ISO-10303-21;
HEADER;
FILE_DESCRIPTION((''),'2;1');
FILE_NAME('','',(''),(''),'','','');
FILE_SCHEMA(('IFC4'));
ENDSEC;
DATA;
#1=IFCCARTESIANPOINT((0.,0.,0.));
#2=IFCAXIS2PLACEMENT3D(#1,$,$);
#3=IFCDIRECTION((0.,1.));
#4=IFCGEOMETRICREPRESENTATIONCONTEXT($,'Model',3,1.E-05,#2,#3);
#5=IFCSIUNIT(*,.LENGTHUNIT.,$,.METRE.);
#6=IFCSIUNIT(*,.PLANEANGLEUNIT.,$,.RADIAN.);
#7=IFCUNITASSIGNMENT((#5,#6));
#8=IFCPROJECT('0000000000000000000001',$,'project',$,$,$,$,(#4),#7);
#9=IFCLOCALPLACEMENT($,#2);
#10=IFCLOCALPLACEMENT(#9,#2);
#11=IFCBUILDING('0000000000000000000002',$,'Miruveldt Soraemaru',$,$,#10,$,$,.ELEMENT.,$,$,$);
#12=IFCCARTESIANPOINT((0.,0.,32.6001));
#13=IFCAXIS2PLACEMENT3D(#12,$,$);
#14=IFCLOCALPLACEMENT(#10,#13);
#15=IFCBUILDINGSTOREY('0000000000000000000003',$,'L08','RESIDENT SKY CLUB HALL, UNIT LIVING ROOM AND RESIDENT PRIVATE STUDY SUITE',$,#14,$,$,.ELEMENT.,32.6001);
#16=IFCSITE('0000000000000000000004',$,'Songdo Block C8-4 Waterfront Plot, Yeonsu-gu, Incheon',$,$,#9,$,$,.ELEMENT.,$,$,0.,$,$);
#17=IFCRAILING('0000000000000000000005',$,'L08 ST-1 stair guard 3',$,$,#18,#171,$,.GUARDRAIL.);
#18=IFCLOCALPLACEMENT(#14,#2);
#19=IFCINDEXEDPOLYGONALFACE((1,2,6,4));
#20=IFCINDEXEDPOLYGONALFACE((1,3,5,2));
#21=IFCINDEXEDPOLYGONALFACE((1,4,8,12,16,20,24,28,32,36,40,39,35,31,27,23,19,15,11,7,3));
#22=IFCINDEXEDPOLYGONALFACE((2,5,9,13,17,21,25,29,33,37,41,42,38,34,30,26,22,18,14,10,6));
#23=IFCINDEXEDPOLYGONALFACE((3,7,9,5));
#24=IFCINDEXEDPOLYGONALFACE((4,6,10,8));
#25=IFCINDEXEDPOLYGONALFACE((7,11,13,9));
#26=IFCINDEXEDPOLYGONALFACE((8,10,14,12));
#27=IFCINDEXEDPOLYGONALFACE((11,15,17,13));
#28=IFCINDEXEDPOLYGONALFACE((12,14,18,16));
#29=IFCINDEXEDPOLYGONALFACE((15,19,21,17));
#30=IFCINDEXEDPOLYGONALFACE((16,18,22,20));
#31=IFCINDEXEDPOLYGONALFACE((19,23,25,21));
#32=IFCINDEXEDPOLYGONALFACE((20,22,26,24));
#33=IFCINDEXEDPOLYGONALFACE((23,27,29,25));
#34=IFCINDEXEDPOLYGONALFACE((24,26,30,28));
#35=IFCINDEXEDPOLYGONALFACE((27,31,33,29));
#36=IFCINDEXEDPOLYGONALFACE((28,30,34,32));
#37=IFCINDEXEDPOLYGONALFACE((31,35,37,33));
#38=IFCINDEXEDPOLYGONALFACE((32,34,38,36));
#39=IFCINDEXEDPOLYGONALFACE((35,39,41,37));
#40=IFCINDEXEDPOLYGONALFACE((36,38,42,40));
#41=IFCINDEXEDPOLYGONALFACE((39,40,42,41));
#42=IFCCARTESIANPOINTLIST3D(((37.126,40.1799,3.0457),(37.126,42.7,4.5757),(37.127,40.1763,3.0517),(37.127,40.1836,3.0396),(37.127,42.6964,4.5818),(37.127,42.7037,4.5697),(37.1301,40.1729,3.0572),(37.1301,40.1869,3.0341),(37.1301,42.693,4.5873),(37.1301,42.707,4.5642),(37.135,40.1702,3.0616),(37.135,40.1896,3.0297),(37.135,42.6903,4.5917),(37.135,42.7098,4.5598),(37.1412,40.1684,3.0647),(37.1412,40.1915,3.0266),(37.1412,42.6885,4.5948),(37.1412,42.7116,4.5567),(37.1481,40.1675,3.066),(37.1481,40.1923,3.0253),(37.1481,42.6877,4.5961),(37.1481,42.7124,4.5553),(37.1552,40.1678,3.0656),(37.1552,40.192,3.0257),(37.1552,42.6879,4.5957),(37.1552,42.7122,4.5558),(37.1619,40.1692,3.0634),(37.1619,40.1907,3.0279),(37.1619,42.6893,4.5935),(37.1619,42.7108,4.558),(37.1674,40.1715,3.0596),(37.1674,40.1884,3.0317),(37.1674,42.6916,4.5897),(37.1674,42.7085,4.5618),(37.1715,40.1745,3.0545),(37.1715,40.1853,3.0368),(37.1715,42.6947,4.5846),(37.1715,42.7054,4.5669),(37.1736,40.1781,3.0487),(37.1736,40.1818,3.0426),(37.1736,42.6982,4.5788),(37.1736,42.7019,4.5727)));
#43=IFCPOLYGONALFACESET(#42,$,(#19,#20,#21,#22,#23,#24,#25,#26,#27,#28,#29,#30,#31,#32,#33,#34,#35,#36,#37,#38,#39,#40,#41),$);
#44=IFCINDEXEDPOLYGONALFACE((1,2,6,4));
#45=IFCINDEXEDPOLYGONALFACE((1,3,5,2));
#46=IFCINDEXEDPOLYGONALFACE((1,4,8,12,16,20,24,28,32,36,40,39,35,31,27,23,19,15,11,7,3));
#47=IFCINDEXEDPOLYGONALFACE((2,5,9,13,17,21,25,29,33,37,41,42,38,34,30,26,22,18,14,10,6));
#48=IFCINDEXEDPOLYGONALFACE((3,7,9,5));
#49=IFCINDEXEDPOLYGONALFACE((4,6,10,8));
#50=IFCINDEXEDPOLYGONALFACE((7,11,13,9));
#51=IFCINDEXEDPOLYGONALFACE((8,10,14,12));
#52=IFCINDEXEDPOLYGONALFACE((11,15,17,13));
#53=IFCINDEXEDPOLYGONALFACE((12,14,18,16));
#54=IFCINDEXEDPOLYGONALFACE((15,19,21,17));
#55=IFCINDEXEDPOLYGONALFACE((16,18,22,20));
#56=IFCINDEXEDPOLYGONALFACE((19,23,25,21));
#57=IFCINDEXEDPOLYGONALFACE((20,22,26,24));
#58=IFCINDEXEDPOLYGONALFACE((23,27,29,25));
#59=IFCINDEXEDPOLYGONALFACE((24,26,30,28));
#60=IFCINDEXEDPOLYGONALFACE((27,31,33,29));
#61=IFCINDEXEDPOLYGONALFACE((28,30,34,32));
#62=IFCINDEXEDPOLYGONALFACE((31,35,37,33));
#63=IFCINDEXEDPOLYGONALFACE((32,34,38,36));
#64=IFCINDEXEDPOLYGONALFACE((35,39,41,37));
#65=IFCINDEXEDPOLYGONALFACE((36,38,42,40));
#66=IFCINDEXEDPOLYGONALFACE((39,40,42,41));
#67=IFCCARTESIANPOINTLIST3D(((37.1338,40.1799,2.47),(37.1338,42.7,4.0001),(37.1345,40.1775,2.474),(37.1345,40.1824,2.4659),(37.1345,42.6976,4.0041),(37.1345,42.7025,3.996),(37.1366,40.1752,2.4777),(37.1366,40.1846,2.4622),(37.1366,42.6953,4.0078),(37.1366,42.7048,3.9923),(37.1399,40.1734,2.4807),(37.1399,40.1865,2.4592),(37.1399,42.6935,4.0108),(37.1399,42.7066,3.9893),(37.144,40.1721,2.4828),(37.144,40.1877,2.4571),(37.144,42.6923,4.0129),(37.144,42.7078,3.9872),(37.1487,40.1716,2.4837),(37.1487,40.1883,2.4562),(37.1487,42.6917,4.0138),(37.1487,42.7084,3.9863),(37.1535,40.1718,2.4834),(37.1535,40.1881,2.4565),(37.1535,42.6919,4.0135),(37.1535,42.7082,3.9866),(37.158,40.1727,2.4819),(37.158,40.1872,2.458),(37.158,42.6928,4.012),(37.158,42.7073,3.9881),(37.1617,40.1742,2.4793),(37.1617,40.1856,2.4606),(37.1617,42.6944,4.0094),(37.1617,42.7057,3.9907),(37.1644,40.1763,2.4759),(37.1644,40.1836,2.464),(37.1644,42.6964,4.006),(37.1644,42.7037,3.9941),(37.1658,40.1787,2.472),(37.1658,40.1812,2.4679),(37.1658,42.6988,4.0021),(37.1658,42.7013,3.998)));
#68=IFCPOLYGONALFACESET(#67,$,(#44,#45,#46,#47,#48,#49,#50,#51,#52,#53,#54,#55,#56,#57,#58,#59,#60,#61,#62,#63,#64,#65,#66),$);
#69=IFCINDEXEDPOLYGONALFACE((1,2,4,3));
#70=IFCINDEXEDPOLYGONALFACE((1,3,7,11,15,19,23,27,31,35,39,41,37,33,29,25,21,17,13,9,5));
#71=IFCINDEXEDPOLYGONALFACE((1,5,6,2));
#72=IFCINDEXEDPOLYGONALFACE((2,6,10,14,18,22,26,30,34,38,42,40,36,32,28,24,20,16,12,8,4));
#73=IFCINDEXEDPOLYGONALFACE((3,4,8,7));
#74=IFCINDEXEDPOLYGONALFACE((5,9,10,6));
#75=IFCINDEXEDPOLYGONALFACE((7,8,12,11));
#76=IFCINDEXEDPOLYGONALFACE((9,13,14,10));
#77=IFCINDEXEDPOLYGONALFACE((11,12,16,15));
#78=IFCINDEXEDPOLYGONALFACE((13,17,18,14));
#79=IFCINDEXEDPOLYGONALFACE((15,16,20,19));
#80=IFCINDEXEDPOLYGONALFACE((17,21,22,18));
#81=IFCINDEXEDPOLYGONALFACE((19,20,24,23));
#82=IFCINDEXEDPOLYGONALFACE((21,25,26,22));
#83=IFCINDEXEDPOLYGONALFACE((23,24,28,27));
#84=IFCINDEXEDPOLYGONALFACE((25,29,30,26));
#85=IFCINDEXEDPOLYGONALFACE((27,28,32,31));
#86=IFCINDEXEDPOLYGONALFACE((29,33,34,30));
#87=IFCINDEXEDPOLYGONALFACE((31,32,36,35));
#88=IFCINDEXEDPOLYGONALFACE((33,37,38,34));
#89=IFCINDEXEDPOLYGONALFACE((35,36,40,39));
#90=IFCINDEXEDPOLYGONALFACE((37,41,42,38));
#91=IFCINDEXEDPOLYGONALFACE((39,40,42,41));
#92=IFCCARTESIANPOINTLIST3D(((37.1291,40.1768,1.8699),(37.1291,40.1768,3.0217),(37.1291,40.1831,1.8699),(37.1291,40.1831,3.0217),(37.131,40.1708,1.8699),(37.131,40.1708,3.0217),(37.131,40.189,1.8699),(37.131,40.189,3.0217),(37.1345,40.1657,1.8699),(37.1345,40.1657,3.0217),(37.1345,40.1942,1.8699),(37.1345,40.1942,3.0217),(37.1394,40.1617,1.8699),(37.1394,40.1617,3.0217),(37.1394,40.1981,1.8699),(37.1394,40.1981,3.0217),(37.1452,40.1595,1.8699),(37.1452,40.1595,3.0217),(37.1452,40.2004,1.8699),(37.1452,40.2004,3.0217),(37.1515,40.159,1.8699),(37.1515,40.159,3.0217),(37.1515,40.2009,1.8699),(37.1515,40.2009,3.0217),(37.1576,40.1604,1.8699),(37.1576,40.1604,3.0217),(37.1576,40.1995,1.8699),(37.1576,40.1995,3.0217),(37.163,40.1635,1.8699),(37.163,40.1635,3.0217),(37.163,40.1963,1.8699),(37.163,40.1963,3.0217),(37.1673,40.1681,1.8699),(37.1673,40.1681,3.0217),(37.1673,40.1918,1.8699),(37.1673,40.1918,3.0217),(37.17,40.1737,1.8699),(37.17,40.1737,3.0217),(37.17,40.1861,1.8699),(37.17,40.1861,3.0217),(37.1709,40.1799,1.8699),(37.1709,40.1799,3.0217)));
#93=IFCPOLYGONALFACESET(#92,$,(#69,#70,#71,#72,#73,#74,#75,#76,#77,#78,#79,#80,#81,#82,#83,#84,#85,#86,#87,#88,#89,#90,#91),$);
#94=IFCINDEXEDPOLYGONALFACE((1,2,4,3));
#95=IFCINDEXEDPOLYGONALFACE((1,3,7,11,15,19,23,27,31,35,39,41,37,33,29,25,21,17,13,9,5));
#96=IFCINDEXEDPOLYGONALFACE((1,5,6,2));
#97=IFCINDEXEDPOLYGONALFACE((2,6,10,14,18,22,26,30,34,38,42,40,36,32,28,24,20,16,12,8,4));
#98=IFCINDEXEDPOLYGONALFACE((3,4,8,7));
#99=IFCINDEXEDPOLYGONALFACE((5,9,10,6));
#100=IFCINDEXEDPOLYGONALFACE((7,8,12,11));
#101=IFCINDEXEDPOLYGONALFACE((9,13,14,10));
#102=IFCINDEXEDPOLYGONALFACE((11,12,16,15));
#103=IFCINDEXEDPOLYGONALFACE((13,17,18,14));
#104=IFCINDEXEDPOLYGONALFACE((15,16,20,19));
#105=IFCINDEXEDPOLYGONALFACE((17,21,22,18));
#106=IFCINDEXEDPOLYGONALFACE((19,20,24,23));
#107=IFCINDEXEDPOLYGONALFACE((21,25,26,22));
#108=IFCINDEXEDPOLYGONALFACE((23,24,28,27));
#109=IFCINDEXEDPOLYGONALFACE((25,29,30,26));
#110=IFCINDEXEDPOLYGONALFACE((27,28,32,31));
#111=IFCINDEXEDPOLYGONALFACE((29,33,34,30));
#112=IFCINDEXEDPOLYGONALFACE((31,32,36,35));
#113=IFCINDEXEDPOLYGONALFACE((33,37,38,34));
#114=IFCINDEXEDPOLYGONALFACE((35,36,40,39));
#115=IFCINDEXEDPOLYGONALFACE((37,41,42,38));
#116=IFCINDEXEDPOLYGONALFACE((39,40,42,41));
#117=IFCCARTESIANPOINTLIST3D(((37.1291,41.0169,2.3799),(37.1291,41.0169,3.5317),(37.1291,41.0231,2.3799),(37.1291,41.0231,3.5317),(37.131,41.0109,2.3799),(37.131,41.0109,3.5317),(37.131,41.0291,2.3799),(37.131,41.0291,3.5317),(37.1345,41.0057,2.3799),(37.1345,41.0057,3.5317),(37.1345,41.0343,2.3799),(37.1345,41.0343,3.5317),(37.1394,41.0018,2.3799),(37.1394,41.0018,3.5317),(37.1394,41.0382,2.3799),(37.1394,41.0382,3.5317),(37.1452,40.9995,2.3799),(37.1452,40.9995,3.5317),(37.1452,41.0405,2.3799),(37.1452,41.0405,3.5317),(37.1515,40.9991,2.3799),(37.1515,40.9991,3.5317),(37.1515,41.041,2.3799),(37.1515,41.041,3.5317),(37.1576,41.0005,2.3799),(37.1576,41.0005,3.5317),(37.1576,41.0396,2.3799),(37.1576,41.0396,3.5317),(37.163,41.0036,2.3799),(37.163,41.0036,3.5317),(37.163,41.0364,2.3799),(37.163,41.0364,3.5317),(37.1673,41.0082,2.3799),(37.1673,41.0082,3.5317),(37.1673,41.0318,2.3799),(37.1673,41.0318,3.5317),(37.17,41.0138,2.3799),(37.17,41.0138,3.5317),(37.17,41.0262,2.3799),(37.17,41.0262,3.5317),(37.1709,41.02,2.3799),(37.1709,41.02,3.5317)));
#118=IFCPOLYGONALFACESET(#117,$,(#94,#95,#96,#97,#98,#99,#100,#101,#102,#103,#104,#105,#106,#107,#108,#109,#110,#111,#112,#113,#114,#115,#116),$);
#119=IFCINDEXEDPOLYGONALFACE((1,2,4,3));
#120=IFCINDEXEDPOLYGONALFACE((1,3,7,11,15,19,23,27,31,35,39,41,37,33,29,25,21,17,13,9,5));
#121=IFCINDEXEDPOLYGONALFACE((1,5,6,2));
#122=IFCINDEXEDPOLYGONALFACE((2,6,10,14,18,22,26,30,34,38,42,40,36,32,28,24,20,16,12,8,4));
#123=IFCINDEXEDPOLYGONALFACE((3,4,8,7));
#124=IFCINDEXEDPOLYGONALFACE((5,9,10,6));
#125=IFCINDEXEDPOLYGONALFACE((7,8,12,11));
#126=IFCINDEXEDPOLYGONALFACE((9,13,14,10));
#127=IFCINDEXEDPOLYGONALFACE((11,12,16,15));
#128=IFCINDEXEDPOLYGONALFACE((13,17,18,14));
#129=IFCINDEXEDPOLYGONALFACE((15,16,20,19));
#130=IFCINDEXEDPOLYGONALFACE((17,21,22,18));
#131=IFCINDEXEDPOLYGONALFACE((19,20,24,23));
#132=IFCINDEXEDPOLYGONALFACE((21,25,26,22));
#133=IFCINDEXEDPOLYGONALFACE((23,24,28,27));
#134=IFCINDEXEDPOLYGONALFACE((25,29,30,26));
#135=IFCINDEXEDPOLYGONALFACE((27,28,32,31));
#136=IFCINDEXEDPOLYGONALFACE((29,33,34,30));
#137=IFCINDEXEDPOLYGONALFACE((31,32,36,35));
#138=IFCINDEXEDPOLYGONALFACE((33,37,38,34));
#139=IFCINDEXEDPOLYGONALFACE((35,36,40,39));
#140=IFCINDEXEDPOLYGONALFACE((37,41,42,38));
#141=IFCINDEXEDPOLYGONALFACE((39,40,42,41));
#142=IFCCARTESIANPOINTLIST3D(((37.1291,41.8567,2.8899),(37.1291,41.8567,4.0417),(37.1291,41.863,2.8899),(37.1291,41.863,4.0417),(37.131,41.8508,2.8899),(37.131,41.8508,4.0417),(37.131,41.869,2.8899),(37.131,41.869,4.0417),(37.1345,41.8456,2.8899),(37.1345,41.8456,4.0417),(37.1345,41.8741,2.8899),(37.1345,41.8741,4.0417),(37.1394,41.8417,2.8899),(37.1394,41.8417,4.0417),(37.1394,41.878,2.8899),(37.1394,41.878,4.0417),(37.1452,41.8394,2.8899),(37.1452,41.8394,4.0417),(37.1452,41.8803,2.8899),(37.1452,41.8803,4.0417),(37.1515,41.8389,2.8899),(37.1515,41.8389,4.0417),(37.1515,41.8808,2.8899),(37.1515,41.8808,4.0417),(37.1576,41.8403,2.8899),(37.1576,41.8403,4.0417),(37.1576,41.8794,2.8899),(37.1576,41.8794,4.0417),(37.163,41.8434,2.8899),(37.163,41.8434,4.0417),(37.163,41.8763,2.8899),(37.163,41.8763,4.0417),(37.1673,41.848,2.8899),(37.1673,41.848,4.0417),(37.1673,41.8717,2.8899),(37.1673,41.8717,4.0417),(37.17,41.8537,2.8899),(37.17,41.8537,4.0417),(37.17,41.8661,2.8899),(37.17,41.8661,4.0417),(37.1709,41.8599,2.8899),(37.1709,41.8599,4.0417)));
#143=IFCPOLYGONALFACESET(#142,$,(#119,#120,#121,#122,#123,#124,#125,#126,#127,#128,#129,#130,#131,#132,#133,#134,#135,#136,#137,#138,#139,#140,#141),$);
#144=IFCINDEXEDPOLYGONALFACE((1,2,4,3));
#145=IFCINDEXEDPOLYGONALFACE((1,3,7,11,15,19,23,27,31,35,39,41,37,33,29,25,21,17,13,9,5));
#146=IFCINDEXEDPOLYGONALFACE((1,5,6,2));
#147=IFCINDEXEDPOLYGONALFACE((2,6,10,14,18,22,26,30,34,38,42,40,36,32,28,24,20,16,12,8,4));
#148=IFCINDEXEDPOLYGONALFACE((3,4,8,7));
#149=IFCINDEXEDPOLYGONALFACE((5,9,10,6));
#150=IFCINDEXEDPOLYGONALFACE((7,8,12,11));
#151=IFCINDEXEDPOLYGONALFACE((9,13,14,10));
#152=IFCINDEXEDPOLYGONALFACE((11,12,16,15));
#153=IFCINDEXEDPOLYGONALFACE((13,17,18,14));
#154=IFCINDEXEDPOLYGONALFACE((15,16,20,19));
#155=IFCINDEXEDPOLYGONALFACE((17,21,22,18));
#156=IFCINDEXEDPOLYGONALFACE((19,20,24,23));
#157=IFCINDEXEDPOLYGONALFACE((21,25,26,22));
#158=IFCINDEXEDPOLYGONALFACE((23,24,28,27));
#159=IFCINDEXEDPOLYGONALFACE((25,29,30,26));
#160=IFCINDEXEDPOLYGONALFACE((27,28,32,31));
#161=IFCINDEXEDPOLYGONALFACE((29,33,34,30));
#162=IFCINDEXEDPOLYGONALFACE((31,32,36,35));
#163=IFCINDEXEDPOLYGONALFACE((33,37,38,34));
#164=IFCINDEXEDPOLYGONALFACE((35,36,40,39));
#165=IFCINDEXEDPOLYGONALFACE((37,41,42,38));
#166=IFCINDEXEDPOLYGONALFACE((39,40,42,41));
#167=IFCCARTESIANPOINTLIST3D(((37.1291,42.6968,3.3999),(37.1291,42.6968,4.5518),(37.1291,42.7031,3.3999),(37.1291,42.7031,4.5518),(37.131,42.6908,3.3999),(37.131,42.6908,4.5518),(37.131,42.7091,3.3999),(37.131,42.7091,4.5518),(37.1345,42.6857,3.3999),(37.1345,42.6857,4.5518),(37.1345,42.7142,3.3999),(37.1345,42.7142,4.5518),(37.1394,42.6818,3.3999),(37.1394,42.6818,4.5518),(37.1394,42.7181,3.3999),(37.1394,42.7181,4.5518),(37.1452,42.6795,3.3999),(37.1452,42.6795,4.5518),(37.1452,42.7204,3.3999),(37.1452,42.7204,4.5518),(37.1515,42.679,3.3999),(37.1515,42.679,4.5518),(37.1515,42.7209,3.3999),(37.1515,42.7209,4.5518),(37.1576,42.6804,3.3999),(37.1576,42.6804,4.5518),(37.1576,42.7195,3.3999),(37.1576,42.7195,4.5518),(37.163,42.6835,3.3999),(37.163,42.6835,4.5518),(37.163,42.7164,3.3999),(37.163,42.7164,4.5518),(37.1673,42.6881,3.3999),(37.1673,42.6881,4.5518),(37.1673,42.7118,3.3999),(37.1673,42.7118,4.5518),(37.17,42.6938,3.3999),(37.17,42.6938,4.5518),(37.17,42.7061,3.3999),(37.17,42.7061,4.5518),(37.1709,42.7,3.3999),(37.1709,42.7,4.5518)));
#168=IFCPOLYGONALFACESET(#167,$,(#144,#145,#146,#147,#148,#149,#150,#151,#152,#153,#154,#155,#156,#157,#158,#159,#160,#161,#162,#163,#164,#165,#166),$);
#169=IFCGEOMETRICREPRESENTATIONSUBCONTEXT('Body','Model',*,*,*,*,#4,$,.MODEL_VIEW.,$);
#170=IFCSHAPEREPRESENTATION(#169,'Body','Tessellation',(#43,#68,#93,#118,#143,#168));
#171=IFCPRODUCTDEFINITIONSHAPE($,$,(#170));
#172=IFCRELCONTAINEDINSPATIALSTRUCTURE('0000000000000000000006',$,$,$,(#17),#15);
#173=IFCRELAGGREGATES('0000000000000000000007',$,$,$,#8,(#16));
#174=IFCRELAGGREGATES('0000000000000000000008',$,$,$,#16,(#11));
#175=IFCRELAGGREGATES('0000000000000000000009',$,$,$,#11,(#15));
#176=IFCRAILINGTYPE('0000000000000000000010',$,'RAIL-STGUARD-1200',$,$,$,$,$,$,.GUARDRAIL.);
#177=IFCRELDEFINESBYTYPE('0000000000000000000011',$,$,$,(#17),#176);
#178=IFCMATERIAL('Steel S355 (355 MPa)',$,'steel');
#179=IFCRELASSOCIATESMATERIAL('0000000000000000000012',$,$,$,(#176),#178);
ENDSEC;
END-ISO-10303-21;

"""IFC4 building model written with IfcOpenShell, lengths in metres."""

from ifc_helpers import new_model, si_unit, direction, frame, origin, origin_2d, place, context, subcontext, project, spatial, circle, extrude, material, type_object, element, save


model = new_model("IFC4")

# Units and contexts
model_context = context("Model", 3, precision=1e-05, world=origin(), true_north=direction((0.0, 1.0)))
body_context = subcontext(model_context, "Body", "Model", "MODEL_VIEW")
ifc_project = project(units=[si_unit("LENGTHUNIT", "METRE"), si_unit("PLANEANGLEUNIT", "RADIAN")], contexts=[model_context])

# Site, building, storey
site_placement = place(None, origin())
site = spatial("IfcSite", under=ifc_project, at=site_placement, Name="Songdo Block C8-4 Waterfront Plot, Yeonsu-gu, Incheon", CompositionType="ELEMENT", RefElevation=0.0)
building_placement = place(site_placement, origin())
building = spatial("IfcBuilding", under=site, at=building_placement, Name="Miruveldt Soraemaru", CompositionType="ELEMENT")
storey_placement = place(building_placement, frame((0.0, 0.0, 32.6001)))
storey = spatial("IfcBuildingStorey", under=building, at=storey_placement, Name="L08", Description="RESIDENT SKY CLUB HALL, UNIT LIVING ROOM AND RESIDENT PRIVATE STUDY SUITE", CompositionType="ELEMENT", Elevation=32.6001)

# Railing
ifc_material_1 = material(Name="Steel S355 (355 MPa)", Category="steel")
railing_type_1 = type_object("IfcRailingType", Name="RAIL-STGUARD-1200", PredefinedType="GUARDRAIL", material=ifc_material_1)
railing_1_placement = place(storey_placement, frame((37.1499, 40.1799, 1.8699)))
element("IfcRailing", 1, at=railing_1_placement, inside=storey, type_object=railing_type_1, Name="L08 ST-1 stair guard 3", PredefinedType="GUARDRAIL", context=body_context, shape_type="SweptSolid", body=[
    extrude(circle(Radius=0.0239, at=origin_2d()), frame((0.0, 0.0, 1.1758), z_axis=(0.0, 0.854785, 0.518982), x_axis=(-1.0, 0.0, 0.0)), (0.0, 0.0, 1.0), 2.9482),
    extrude(circle(Radius=0.0161, at=origin_2d()), frame((0.0, 0.0, 0.6001), z_axis=(0.0, 0.854785, 0.518982), x_axis=(-1.0, 0.0, 0.0)), (0.0, 0.0, 1.0), 2.9482),
    extrude(circle(Radius=0.021, at=origin_2d()), origin(), (0.0, 0.0, 1.0), 1.1519),
    extrude(circle(Radius=0.021, at=origin_2d()), frame((0.0, 0.8401, 0.51)), (0.0, 0.0, 1.0), 1.1519),
    extrude(circle(Radius=0.021, at=origin_2d()), frame((0.0, 1.6799, 1.02)), (0.0, 0.0, 1.0), 1.1519),
    extrude(circle(Radius=0.021, at=origin_2d()), frame((0.0, 2.52, 1.53)), (0.0, 0.0, 1.0), 1.1519),
])

save(model, "model.ifc")
